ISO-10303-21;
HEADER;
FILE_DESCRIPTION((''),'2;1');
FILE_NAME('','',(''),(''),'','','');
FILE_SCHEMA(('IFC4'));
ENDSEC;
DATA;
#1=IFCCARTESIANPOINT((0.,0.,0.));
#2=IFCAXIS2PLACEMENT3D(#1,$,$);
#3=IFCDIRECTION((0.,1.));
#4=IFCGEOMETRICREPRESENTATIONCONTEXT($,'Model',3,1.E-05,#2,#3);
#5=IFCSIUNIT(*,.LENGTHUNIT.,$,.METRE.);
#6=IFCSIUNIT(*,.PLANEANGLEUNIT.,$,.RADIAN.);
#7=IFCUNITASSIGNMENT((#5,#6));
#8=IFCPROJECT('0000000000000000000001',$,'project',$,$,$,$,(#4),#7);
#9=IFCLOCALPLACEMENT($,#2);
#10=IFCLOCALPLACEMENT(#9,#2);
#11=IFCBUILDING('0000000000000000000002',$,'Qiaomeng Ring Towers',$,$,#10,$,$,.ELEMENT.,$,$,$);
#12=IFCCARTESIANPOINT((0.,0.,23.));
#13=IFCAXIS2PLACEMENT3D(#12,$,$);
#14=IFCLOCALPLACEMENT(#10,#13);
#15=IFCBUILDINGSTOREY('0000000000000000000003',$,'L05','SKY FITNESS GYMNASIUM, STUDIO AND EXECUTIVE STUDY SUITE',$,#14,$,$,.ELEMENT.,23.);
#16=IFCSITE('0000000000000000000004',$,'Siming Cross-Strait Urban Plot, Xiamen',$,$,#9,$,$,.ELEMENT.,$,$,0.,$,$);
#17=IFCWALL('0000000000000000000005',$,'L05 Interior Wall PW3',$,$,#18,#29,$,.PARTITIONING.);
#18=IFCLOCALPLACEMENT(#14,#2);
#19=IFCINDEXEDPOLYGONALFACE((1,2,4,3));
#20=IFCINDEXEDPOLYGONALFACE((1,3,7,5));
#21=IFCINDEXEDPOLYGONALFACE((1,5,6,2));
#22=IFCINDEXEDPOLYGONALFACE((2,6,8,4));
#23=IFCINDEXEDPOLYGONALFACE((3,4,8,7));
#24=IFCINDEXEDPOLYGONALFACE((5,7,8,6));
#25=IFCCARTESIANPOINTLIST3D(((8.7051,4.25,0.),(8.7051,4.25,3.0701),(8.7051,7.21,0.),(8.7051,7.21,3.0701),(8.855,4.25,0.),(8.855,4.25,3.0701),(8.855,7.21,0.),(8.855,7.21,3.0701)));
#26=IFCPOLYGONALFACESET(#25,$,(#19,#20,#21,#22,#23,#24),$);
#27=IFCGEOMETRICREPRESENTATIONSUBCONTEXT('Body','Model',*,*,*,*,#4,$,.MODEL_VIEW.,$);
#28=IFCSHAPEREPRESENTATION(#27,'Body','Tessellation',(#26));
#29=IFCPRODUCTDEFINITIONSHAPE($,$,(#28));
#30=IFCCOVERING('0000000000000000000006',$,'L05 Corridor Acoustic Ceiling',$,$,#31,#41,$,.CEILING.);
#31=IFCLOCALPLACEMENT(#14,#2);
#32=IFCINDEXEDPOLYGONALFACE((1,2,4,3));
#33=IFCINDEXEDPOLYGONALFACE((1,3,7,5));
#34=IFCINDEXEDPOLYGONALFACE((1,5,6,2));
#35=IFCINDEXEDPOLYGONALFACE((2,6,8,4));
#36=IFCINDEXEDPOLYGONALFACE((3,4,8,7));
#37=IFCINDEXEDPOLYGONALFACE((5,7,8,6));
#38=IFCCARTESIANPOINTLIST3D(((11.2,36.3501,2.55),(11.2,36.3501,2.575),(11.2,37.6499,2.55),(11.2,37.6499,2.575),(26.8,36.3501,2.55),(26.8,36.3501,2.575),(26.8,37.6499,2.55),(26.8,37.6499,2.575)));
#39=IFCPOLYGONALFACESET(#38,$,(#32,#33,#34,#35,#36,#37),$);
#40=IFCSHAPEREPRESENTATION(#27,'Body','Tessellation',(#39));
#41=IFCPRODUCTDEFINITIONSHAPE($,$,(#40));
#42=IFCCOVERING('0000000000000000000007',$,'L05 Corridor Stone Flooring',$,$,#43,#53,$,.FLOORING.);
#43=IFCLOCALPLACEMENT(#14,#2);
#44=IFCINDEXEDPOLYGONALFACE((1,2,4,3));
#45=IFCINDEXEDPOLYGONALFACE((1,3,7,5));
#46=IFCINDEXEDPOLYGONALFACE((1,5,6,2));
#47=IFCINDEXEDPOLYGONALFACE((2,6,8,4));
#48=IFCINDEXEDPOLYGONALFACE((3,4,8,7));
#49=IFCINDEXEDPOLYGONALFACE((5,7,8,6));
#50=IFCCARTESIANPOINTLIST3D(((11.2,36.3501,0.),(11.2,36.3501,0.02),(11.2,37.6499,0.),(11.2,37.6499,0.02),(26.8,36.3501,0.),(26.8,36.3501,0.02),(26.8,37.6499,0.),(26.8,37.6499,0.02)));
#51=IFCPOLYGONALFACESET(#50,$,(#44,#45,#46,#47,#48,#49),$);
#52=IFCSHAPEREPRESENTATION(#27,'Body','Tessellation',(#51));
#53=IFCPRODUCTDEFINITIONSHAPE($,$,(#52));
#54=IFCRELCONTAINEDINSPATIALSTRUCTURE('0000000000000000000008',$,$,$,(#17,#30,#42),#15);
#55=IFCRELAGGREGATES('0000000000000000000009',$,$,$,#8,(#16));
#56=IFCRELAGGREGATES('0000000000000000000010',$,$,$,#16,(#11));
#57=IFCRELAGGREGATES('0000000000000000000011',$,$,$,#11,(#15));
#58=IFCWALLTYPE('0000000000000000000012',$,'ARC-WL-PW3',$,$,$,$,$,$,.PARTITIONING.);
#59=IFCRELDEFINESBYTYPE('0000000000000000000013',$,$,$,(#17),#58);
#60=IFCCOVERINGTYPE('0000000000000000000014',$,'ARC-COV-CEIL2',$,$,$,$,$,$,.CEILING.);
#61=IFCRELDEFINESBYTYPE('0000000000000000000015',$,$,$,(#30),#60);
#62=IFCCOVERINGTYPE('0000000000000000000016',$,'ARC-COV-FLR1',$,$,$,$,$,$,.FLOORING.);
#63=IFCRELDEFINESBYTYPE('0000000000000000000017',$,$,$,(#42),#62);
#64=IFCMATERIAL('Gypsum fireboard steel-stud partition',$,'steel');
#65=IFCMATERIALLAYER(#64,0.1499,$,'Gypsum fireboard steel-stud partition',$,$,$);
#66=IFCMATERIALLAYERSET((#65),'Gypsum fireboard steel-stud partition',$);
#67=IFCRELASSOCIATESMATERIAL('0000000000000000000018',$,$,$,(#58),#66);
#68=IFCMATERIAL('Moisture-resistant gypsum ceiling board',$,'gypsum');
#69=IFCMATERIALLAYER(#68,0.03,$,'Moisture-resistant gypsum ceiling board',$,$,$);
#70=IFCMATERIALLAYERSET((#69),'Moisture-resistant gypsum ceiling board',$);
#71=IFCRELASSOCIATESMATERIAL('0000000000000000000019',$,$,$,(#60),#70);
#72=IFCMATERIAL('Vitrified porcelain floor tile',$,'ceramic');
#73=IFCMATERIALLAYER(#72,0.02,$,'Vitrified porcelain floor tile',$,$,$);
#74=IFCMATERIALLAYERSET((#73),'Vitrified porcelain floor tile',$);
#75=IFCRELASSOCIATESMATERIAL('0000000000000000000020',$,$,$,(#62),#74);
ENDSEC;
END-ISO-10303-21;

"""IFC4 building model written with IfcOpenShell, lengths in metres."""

from ifc_helpers import new_model, si_unit, direction, frame, frame_2d, origin, place, context, subcontext, project, spatial, polyline, rectangle, outline, extrude, material, layer, layer_set, type_object, element, save


model = new_model("IFC4")

# Units and contexts
model_context = context("Model", 3, precision=1e-05, world=origin(), true_north=direction((0.0, 1.0)))
body_context = subcontext(model_context, "Body", "Model", "MODEL_VIEW")
ifc_project = project(units=[si_unit("LENGTHUNIT", "METRE"), si_unit("PLANEANGLEUNIT", "RADIAN")], contexts=[model_context])

# Site, building, storey
site_placement = place(None, origin())
site = spatial("IfcSite", under=ifc_project, at=site_placement, Name="Siming Cross-Strait Urban Plot, Xiamen", CompositionType="ELEMENT", RefElevation=0.0)
building_placement = place(site_placement, origin())
building = spatial("IfcBuilding", under=site, at=building_placement, Name="Qiaomeng Ring Towers", CompositionType="ELEMENT")
storey_placement = place(building_placement, frame((0.0, 0.0, 23.0)))
storey = spatial("IfcBuildingStorey", under=building, at=storey_placement, Name="L05", Description="SKY FITNESS GYMNASIUM, STUDIO AND EXECUTIVE STUDY SUITE", CompositionType="ELEMENT", Elevation=23.0)

# Wall
ifc_material_1 = material(Name="Gypsum fireboard steel-stud partition", Category="steel")
ifc_layer_1 = layer(ifc_material_1, 0.1499, Name="Gypsum fireboard steel-stud partition")
ifc_layer_set_1 = layer_set([ifc_layer_1], Name="Gypsum fireboard steel-stud partition")
wall_type_1 = type_object("IfcWallType", Name="ARC-WL-PW3", PredefinedType="PARTITIONING", material=ifc_layer_set_1)
wall_1_placement = place(storey_placement, frame((8.78, 4.25, 0.0), z_axis=(0.0, 0.0, 1.0), x_axis=(0.0, 1.0, 0.0)))
element("IfcWall", 1, at=wall_1_placement, inside=storey, type_object=wall_type_1, Name="L05 Interior Wall PW3", PredefinedType="PARTITIONING", context=body_context, shape_type="SweptSolid", body=[
    extrude(rectangle(XDim=2.96, YDim=0.1499, at=frame_2d((1.48, 0.0))), origin(), (0.0, 0.0, 1.0), 3.0701),
])

# Coverings
ifc_material_2 = material(Name="Moisture-resistant gypsum ceiling board", Category="gypsum")
ifc_layer_2 = layer(ifc_material_2, 0.03, Name="Moisture-resistant gypsum ceiling board")
ifc_layer_set_2 = layer_set([ifc_layer_2], Name="Moisture-resistant gypsum ceiling board")
covering_type_1 = type_object("IfcCoveringType", Name="ARC-COV-CEIL2", PredefinedType="CEILING", material=ifc_layer_set_2)
covering_1_placement = place(storey_placement, frame((0.0, 0.0, 2.55)))
element("IfcCovering", 2, at=covering_1_placement, inside=storey, type_object=covering_type_1, Name="L05 Corridor Acoustic Ceiling", PredefinedType="CEILING", context=body_context, shape_type="SweptSolid", body=[
    extrude(outline(polyline([(11.2, 36.3501), (11.2, 37.6499), (26.8, 37.6499), (26.8, 36.3501), (11.2, 36.3501)])), origin(), (0.0, 0.0, 1.0), 0.0249),
])
ifc_material_3 = material(Name="Vitrified porcelain floor tile", Category="ceramic")
ifc_layer_3 = layer(ifc_material_3, 0.02, Name="Vitrified porcelain floor tile")
ifc_layer_set_3 = layer_set([ifc_layer_3], Name="Vitrified porcelain floor tile")
covering_type_2 = type_object("IfcCoveringType", Name="ARC-COV-FLR1", PredefinedType="FLOORING", material=ifc_layer_set_3)
covering_2_placement = place(storey_placement, origin())
element("IfcCovering", 3, at=covering_2_placement, inside=storey, type_object=covering_type_2, Name="L05 Corridor Stone Flooring", PredefinedType="FLOORING", context=body_context, shape_type="SweptSolid", body=[
    extrude(outline(polyline([(11.2, 36.3501), (11.2, 37.6499), (26.8, 37.6499), (26.8, 36.3501), (11.2, 36.3501)])), origin(), (0.0, 0.0, 1.0), 0.02),
])

save(model, "model.ifc")
